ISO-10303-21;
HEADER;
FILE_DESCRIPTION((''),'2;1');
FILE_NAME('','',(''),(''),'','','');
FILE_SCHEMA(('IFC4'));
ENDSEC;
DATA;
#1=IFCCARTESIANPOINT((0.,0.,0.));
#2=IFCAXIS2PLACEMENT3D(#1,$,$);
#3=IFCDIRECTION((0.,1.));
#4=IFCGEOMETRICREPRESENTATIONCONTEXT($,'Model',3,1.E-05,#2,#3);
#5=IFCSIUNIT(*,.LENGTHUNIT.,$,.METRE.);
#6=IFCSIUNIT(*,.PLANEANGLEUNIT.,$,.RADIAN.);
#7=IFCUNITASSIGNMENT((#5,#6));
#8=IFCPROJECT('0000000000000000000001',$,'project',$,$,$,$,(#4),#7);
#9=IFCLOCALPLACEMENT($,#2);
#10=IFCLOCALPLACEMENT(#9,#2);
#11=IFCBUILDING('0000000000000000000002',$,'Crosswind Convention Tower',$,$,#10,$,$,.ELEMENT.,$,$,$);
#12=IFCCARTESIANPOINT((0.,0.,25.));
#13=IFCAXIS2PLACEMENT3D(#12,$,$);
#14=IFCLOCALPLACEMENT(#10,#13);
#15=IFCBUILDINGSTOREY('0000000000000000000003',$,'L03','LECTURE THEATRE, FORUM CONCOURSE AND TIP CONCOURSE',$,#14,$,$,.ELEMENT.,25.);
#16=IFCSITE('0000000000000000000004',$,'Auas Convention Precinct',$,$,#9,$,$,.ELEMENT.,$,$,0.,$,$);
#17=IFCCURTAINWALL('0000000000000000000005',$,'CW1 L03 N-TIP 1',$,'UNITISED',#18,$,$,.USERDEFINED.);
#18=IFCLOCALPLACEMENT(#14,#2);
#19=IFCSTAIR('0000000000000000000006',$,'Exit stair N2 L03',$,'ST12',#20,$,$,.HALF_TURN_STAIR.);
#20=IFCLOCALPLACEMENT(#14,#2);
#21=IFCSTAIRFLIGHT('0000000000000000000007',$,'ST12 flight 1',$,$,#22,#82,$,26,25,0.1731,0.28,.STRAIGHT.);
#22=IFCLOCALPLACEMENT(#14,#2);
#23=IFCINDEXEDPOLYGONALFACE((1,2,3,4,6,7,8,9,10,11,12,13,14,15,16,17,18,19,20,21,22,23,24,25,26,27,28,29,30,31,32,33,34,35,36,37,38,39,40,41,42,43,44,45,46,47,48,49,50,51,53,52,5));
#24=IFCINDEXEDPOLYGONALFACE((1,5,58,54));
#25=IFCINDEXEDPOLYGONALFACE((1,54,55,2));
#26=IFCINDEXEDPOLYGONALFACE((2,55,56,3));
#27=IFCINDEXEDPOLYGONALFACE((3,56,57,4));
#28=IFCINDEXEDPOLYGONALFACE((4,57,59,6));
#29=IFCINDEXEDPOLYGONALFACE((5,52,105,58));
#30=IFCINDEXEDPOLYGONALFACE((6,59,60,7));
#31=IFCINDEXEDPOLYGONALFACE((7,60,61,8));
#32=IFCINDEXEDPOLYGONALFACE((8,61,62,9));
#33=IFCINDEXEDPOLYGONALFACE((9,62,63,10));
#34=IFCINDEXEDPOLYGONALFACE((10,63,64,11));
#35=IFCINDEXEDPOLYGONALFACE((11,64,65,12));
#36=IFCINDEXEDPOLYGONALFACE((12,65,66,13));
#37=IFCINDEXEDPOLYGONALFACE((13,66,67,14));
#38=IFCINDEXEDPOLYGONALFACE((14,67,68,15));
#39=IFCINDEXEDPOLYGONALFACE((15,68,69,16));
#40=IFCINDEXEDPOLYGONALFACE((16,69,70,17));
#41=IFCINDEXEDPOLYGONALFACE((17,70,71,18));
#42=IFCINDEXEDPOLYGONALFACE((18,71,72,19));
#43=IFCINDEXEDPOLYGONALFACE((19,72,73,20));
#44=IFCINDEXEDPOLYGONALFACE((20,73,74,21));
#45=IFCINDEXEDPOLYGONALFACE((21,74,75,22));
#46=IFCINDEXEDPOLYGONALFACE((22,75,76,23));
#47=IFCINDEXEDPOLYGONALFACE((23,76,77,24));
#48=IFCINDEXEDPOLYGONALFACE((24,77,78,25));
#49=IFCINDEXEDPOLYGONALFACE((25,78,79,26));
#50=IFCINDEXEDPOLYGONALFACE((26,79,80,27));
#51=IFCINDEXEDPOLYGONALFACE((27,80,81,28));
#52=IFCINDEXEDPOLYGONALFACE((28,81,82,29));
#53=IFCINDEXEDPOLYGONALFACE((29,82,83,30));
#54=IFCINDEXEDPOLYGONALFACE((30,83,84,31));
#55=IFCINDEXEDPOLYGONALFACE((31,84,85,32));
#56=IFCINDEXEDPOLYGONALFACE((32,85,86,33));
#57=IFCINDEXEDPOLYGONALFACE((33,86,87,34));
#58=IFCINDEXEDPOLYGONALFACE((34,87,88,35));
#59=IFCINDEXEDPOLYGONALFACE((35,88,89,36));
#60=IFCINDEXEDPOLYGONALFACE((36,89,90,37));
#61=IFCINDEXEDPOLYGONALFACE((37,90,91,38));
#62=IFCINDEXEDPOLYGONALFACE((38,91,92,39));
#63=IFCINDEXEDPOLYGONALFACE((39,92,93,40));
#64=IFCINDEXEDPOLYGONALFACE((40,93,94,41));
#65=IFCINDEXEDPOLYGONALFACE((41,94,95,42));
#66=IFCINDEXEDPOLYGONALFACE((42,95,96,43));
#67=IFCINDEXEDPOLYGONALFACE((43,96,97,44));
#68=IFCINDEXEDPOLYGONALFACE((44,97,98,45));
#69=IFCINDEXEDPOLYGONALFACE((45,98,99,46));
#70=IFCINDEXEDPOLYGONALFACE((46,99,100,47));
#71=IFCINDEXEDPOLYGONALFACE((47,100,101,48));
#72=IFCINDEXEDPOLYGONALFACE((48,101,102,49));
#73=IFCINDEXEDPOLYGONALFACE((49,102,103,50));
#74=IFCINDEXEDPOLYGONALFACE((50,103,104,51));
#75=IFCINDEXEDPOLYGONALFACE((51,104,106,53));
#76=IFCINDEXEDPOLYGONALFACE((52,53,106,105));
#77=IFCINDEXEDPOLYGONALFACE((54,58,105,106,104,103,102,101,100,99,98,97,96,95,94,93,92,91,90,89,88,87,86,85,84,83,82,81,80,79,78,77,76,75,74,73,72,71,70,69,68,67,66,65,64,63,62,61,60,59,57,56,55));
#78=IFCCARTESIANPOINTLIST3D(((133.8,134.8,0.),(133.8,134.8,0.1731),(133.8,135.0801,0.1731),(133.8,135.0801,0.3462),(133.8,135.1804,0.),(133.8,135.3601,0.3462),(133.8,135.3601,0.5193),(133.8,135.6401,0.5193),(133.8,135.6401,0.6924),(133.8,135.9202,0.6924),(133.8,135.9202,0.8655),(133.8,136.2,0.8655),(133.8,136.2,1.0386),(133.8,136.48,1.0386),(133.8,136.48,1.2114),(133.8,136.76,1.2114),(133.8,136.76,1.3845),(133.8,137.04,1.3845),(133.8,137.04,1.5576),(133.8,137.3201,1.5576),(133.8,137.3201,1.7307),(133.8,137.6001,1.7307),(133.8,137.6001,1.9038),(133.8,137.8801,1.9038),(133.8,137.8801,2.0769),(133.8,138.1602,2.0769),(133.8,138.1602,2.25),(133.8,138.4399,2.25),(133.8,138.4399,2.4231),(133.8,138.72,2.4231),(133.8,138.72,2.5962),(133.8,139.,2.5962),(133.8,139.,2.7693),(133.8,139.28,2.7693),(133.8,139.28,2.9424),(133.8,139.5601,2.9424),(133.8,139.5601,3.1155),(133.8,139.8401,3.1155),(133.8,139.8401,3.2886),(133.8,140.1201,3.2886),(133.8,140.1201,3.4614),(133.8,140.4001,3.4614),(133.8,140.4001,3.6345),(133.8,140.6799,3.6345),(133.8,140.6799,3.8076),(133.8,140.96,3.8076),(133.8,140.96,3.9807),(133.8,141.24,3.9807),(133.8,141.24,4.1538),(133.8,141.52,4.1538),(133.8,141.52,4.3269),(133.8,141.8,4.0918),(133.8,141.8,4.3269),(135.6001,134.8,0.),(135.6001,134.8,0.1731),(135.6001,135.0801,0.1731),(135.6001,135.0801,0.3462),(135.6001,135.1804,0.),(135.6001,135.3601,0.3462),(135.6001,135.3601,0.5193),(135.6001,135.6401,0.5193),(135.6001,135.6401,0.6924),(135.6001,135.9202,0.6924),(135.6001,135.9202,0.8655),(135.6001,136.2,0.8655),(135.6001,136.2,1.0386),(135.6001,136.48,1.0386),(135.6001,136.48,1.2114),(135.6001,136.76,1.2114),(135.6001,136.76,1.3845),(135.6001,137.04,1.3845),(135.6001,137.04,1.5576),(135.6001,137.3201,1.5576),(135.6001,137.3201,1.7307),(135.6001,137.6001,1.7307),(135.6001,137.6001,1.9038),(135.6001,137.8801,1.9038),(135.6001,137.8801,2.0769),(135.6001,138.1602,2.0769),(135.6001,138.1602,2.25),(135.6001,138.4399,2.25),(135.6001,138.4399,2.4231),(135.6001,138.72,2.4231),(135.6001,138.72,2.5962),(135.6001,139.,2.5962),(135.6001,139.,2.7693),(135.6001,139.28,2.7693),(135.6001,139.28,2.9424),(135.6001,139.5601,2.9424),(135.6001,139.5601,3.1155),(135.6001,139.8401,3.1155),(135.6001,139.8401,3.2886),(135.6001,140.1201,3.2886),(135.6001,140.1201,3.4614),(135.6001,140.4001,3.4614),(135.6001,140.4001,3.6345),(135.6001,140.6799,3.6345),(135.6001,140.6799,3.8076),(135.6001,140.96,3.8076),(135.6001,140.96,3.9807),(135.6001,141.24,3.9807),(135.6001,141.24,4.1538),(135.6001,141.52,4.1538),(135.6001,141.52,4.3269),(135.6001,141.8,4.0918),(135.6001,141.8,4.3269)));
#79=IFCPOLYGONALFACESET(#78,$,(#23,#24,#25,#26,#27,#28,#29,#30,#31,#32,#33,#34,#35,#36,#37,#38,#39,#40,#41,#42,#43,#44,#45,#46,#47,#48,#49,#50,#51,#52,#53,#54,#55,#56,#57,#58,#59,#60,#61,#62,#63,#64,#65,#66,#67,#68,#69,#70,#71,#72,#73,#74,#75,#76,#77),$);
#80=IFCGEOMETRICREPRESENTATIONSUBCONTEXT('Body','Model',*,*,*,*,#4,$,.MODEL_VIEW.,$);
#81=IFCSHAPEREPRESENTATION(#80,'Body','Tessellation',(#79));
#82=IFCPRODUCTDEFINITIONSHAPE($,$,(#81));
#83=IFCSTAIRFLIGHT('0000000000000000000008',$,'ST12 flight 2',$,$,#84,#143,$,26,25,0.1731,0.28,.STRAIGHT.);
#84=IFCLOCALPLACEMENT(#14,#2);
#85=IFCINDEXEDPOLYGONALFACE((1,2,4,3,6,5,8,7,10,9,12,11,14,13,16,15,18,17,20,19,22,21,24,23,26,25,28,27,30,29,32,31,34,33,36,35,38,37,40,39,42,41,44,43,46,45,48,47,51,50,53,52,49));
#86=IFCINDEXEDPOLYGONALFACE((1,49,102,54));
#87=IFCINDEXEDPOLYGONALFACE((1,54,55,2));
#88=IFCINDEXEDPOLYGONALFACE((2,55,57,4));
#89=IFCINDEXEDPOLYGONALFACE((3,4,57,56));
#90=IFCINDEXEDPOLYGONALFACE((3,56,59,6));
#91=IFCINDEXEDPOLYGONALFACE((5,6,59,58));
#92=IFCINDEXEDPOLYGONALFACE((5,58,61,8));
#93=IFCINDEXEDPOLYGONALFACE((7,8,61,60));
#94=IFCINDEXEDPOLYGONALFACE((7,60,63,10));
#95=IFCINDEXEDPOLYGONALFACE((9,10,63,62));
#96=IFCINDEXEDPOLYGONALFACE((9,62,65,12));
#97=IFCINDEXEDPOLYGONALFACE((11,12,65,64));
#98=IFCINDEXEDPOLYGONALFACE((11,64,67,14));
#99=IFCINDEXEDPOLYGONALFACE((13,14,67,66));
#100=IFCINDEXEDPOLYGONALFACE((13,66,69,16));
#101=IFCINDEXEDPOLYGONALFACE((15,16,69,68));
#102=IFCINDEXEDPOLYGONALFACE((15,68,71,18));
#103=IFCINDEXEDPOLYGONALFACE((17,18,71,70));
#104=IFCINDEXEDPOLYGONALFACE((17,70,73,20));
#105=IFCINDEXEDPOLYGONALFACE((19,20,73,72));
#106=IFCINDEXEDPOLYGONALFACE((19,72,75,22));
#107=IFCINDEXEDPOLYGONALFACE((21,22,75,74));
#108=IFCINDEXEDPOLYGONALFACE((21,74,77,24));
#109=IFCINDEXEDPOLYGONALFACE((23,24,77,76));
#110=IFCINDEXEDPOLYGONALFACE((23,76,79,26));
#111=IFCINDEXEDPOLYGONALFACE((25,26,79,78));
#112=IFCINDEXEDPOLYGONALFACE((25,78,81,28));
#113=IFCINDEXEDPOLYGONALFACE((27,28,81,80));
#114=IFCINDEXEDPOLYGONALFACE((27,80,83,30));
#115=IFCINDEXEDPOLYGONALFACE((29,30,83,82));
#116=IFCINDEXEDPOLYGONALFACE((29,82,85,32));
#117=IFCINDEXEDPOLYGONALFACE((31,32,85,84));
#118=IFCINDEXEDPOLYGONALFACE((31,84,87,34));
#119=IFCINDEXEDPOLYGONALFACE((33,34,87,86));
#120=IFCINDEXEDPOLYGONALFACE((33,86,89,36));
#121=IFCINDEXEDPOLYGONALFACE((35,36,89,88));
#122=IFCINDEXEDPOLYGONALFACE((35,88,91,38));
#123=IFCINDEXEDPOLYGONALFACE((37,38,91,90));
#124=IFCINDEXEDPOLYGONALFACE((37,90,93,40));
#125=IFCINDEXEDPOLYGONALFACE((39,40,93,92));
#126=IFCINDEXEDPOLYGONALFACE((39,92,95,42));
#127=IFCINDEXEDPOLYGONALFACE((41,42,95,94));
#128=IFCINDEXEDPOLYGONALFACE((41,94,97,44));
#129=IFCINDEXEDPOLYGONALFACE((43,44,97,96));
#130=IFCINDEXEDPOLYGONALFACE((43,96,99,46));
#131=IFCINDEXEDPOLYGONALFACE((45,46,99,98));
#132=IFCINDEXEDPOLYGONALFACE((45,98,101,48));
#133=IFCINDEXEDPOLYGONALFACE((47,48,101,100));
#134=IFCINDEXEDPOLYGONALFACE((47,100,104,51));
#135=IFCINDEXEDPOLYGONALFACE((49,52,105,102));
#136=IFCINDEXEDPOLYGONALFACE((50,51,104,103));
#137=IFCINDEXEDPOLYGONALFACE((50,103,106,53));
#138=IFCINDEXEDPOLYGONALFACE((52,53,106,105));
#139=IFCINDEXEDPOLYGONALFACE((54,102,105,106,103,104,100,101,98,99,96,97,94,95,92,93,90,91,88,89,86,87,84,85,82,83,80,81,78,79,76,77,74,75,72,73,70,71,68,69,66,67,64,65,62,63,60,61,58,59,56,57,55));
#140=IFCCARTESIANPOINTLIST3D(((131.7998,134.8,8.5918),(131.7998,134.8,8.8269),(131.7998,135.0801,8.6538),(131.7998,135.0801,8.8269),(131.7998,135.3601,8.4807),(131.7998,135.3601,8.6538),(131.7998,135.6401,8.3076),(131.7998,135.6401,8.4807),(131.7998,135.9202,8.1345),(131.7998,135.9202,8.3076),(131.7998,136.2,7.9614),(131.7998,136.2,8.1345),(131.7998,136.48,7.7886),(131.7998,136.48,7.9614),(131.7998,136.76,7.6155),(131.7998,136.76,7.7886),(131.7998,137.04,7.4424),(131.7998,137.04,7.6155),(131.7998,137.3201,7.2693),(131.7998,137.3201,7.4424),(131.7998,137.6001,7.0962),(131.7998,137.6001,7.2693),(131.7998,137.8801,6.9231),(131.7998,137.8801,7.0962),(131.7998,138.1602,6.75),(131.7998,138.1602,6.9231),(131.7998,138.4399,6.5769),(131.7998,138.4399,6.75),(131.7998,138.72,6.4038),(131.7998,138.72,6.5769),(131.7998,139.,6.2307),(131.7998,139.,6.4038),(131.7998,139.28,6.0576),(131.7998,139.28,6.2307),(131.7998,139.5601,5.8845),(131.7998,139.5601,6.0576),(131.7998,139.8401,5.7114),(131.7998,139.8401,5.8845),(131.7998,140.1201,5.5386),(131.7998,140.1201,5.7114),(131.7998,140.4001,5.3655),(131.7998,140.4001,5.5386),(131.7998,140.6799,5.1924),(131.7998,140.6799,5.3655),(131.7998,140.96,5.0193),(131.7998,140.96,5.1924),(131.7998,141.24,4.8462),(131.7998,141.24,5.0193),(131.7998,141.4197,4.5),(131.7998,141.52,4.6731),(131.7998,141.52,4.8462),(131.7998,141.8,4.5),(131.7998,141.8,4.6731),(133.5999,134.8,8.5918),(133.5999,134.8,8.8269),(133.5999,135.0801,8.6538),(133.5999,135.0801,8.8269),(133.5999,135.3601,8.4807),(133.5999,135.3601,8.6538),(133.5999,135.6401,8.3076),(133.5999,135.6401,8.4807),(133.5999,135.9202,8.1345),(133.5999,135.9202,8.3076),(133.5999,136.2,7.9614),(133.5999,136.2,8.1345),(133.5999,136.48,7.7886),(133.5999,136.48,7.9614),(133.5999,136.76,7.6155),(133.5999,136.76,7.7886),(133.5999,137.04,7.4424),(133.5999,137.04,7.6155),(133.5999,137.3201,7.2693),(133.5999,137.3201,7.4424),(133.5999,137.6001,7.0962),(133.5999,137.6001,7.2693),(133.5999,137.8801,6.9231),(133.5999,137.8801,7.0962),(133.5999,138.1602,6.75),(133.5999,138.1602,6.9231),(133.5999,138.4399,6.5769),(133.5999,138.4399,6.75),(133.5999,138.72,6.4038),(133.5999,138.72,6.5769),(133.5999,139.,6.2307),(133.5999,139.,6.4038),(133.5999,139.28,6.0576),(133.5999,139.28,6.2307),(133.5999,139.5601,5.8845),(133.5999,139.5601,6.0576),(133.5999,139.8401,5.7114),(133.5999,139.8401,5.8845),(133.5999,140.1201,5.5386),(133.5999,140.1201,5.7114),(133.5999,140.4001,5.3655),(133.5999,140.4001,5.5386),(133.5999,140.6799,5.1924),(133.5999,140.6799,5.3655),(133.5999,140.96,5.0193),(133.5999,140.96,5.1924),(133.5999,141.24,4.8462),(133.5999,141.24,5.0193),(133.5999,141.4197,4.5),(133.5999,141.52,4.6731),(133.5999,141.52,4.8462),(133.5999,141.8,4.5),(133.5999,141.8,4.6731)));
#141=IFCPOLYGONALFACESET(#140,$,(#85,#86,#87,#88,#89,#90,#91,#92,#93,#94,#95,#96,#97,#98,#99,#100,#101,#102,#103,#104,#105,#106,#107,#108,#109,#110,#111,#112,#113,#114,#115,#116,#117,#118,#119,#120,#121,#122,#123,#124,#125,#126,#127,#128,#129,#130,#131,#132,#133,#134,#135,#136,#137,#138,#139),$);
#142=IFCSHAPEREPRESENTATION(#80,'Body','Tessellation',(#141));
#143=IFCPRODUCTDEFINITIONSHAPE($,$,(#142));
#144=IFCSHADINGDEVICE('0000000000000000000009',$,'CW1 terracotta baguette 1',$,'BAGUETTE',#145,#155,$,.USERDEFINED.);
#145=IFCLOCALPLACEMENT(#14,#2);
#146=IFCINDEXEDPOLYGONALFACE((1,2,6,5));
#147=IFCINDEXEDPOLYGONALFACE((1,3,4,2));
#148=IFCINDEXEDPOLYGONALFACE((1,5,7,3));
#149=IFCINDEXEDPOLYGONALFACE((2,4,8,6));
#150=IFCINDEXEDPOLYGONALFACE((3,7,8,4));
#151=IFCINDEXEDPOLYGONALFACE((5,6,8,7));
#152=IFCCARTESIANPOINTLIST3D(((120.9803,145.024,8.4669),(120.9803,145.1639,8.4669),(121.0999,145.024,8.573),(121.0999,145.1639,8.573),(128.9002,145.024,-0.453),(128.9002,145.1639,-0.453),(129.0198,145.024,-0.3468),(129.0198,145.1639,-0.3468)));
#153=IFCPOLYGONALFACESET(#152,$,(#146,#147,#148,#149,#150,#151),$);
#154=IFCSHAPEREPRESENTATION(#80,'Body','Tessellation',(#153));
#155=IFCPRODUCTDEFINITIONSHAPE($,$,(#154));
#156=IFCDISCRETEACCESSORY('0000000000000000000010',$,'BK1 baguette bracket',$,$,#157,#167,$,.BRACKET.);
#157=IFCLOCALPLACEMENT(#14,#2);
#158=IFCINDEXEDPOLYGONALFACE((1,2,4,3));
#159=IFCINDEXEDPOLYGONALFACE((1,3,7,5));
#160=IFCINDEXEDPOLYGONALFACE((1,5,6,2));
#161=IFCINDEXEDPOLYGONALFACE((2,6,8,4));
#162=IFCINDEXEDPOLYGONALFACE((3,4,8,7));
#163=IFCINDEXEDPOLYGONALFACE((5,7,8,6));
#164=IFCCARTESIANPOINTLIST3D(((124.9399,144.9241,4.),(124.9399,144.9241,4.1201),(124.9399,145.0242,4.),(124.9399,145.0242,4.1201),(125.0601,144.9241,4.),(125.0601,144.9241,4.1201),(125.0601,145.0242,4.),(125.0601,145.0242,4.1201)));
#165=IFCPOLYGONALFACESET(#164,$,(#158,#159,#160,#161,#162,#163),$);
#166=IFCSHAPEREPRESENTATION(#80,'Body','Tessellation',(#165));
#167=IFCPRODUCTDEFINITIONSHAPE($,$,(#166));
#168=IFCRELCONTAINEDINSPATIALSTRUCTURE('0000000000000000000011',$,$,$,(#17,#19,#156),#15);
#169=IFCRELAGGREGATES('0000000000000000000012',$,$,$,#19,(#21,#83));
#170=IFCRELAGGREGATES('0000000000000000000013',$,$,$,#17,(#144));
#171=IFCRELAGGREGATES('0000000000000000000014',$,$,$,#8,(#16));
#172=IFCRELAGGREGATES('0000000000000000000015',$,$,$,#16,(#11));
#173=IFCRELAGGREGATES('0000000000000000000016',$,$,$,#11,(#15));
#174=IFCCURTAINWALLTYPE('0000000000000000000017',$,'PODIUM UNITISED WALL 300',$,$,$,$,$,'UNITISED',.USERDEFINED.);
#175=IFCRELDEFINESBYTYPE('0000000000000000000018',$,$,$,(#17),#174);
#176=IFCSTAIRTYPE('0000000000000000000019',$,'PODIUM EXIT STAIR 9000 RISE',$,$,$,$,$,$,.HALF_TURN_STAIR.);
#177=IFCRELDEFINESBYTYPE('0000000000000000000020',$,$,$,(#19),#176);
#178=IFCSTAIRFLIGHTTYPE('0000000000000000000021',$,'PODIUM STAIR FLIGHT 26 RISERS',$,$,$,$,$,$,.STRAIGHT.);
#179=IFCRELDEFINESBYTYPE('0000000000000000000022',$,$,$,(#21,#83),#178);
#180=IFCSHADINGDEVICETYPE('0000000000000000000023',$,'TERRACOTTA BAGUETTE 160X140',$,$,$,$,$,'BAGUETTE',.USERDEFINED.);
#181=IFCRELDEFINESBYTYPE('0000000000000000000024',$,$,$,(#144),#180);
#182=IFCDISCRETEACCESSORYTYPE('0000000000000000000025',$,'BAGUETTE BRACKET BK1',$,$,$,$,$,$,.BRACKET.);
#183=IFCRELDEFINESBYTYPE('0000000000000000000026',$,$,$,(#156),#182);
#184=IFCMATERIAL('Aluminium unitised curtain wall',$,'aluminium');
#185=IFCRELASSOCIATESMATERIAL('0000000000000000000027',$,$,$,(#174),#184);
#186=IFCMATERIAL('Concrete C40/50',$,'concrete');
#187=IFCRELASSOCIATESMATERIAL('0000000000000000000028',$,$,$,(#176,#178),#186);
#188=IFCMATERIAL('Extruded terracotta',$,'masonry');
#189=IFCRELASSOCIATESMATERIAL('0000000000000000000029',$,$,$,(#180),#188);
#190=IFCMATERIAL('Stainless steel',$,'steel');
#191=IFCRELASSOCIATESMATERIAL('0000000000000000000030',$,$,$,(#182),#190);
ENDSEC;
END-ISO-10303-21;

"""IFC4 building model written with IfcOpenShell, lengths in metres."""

from ifc_helpers import new_model, si_unit, direction, frame, origin, origin_2d, place, context, subcontext, project, spatial, polyline, rectangle, outline, extrude, material, material_profile, profile_set, type_object, element, aggregate, save


model = new_model("IFC4")

# Units and contexts
model_context = context("Model", 3, precision=1e-05, world=origin(), true_north=direction((0.0, 1.0)))
body_context = subcontext(model_context, "Body", "Model", "MODEL_VIEW")
ifc_project = project(units=[si_unit("LENGTHUNIT", "METRE"), si_unit("PLANEANGLEUNIT", "RADIAN")], contexts=[model_context])

# Site, building, storey
site_placement = place(None, origin())
site = spatial("IfcSite", under=ifc_project, at=site_placement, Name="Auas Convention Precinct", CompositionType="ELEMENT", RefElevation=0.0)
building_placement = place(site_placement, origin())
building = spatial("IfcBuilding", under=site, at=building_placement, Name="Crosswind Convention Tower", CompositionType="ELEMENT")
storey_placement = place(building_placement, frame((0.0, 0.0, 25.0)))
storey = spatial("IfcBuildingStorey", under=building, at=storey_placement, Name="L03", Description="LECTURE THEATRE, FORUM CONCOURSE AND TIP CONCOURSE", CompositionType="ELEMENT", Elevation=25.0)

# Curtain wall
ifc_material_1 = material(Name="Aluminium unitised curtain wall", Category="aluminium")
curtain_wall_type = type_object("IfcCurtainWallType", Name="PODIUM UNITISED WALL 300", ElementType="UNITISED", PredefinedType="USERDEFINED", material=ifc_material_1)
curtain_wall_placement = place(storey_placement, origin())
curtain_wall = element("IfcCurtainWall", 1, at=curtain_wall_placement, inside=storey, type_object=curtain_wall_type, Name="CW1 L03 N-TIP 1", ObjectType="UNITISED", PredefinedType="USERDEFINED")

# Shared definitions
ifc_material_2 = material(Name="Concrete C40/50", Category="concrete")

# Stair, stair flights
stair_type = type_object("IfcStairType", Name="PODIUM EXIT STAIR 9000 RISE", PredefinedType="HALF_TURN_STAIR", material=ifc_material_2)
stair_placement = place(storey_placement, origin())
stair = element("IfcStair", 2, at=stair_placement, inside=storey, type_object=stair_type, Name="Exit stair N2 L03", ObjectType="ST12", PredefinedType="HALF_TURN_STAIR")
stair_flight_type = type_object("IfcStairFlightType", Name="PODIUM STAIR FLIGHT 26 RISERS", PredefinedType="STRAIGHT", material=ifc_material_2)
stair_flight_1_placement = place(storey_placement, frame((134.7, 134.8, 0.0), z_axis=(0.0, 0.0, 1.0), x_axis=(0.0, 1.0, 0.0)))
stair_flight_1 = element("IfcStairFlight", 3, at=stair_flight_1_placement, type_object=stair_flight_type, Name="ST12 flight 1", NumberOfRisers=26, NumberOfTreads=25, PredefinedType="STRAIGHT", RiserHeight=0.1731, TreadLength=0.28, context=body_context, shape_type="SweptSolid", body=[
    extrude(outline(polyline([(0.0, 0.0), (0.0, 0.1731), (0.28, 0.1731), (0.28, 0.3462), (0.5601, 0.3462), (0.5601, 0.5193), (0.8401, 0.5193), (0.8401, 0.6924), (1.1201, 0.6924), (1.1201, 0.8655), (1.3999, 0.8655), (1.3999, 1.0386), (1.6799, 1.0386), (1.6799, 1.2114), (1.96, 1.2114), (1.96, 1.3845), (2.24, 1.3845), (2.24, 1.5576), (2.52, 1.5576), (2.52, 1.7307), (2.8, 1.7307), (2.8, 1.9038), (3.0801, 1.9038), (3.0801, 2.0769), (3.3601, 2.0769), (3.3601, 2.25), (3.6399, 2.25), (3.6399, 2.4231), (3.9199, 2.4231), (3.9199, 2.5962), (4.2, 2.5962), (4.2, 2.7693), (4.48, 2.7693), (4.48, 2.9424), (4.76, 2.9424), (4.76, 3.1155), (5.04, 3.1155), (5.04, 3.2886), (5.3201, 3.2886), (5.3201, 3.4614), (5.6001, 3.4614), (5.6001, 3.6345), (5.8799, 3.6345), (5.8799, 3.8076), (6.1599, 3.8076), (6.1599, 3.9807), (6.4399, 3.9807), (6.4399, 4.1538), (6.72, 4.1538), (6.72, 4.3269), (7.0, 4.3269), (7.0, 4.5), (7.0, 4.0918), (0.3804, 0.0), (0.0, 0.0)])), frame((0.0, 0.8999, 0.0), z_axis=(0.0, -1.0, 0.0), x_axis=(1.0, 0.0, 0.0)), (0.0, 0.0, 1.0), 1.8),
])
stair_flight_2_placement = place(storey_placement, frame((132.7, 141.8, 4.5), z_axis=(0.0, 0.0, 1.0), x_axis=(0.0, -1.0, 0.0)))
stair_flight_2 = element("IfcStairFlight", 4, at=stair_flight_2_placement, type_object=stair_flight_type, Name="ST12 flight 2", NumberOfRisers=26, NumberOfTreads=25, PredefinedType="STRAIGHT", RiserHeight=0.1731, TreadLength=0.28, context=body_context, shape_type="SweptSolid", body=[
    extrude(outline(polyline([(0.0, 0.0), (0.0, 0.1731), (0.28, 0.1731), (0.28, 0.3462), (0.5601, 0.3462), (0.5601, 0.5193), (0.8401, 0.5193), (0.8401, 0.6924), (1.1201, 0.6924), (1.1201, 0.8655), (1.3999, 0.8655), (1.3999, 1.0386), (1.6799, 1.0386), (1.6799, 1.2114), (1.96, 1.2114), (1.96, 1.3845), (2.24, 1.3845), (2.24, 1.5576), (2.52, 1.5576), (2.52, 1.7307), (2.8, 1.7307), (2.8, 1.9038), (3.0801, 1.9038), (3.0801, 2.0769), (3.3601, 2.0769), (3.3601, 2.25), (3.6399, 2.25), (3.6399, 2.4231), (3.9199, 2.4231), (3.9199, 2.5962), (4.2, 2.5962), (4.2, 2.7693), (4.48, 2.7693), (4.48, 2.9424), (4.76, 2.9424), (4.76, 3.1155), (5.04, 3.1155), (5.04, 3.2886), (5.3201, 3.2886), (5.3201, 3.4614), (5.6001, 3.4614), (5.6001, 3.6345), (5.8799, 3.6345), (5.8799, 3.8076), (6.1599, 3.8076), (6.1599, 3.9807), (6.4399, 3.9807), (6.4399, 4.1538), (6.72, 4.1538), (6.72, 4.3269), (7.0, 4.3269), (7.0, 4.5), (7.0, 4.0918), (0.3804, 0.0), (0.0, 0.0)])), frame((0.0, 0.8999, 0.0), z_axis=(0.0, -1.0, 0.0), x_axis=(1.0, 0.0, 0.0)), (0.0, 0.0, 1.0), 1.8),
])
aggregate(stair, [stair_flight_1, stair_flight_2])

# Shared definitions
ifc_material_3 = material(Name="Stainless steel", Category="steel")

# Shading device
ifc_material_4 = material(Name="Extruded terracotta", Category="masonry")
ifc_material_profile_1 = material_profile(ifc_material_4, rectangle(XDim=0.1399, YDim=0.1599, at=origin_2d()), Name="TC 140X160")
ifc_profile_set_1 = profile_set([ifc_material_profile_1], Name="Extruded terracotta")
shading_device_type = type_object("IfcShadingDeviceType", Name="TERRACOTTA BAGUETTE 160X140", ElementType="BAGUETTE", PredefinedType="USERDEFINED", material=ifc_profile_set_1)
shading_device_placement = place(storey_placement, frame((128.96, 145.094, -0.3999), z_axis=(-0.663947, 0.0, 0.74778), x_axis=(0.0, -1.0, 0.0)))
shading_device = element("IfcShadingDevice", 5, at=shading_device_placement, type_object=shading_device_type, Name="CW1 terracotta baguette 1", ObjectType="BAGUETTE", PredefinedType="USERDEFINED", context=body_context, shape_type="SweptSolid", body=[
    extrude(rectangle(XDim=0.1399, YDim=0.1599, at=origin_2d()), origin(), (0.0, 0.0, 1.0), 11.9285),
])
aggregate(curtain_wall, [shading_device])

# Discrete accessory
discrete_accessory_type = type_object("IfcDiscreteAccessoryType", Name="BAGUETTE BRACKET BK1", PredefinedType="BRACKET", material=ifc_material_3)
discrete_accessory_placement = place(storey_placement, frame((125.0, 144.9741, 4.0), z_axis=(0.0, 0.0, 1.0), x_axis=(-1.0, 0.0, 0.0)))
element("IfcDiscreteAccessory", 6, at=discrete_accessory_placement, inside=storey, type_object=discrete_accessory_type, Name="BK1 baguette bracket", PredefinedType="BRACKET", context=body_context, shape_type="SweptSolid", body=[
    extrude(rectangle(XDim=0.1201, YDim=0.1001, at=origin_2d()), origin(), (0.0, 0.0, 1.0), 0.1201),
])

save(model, "model.ifc")
